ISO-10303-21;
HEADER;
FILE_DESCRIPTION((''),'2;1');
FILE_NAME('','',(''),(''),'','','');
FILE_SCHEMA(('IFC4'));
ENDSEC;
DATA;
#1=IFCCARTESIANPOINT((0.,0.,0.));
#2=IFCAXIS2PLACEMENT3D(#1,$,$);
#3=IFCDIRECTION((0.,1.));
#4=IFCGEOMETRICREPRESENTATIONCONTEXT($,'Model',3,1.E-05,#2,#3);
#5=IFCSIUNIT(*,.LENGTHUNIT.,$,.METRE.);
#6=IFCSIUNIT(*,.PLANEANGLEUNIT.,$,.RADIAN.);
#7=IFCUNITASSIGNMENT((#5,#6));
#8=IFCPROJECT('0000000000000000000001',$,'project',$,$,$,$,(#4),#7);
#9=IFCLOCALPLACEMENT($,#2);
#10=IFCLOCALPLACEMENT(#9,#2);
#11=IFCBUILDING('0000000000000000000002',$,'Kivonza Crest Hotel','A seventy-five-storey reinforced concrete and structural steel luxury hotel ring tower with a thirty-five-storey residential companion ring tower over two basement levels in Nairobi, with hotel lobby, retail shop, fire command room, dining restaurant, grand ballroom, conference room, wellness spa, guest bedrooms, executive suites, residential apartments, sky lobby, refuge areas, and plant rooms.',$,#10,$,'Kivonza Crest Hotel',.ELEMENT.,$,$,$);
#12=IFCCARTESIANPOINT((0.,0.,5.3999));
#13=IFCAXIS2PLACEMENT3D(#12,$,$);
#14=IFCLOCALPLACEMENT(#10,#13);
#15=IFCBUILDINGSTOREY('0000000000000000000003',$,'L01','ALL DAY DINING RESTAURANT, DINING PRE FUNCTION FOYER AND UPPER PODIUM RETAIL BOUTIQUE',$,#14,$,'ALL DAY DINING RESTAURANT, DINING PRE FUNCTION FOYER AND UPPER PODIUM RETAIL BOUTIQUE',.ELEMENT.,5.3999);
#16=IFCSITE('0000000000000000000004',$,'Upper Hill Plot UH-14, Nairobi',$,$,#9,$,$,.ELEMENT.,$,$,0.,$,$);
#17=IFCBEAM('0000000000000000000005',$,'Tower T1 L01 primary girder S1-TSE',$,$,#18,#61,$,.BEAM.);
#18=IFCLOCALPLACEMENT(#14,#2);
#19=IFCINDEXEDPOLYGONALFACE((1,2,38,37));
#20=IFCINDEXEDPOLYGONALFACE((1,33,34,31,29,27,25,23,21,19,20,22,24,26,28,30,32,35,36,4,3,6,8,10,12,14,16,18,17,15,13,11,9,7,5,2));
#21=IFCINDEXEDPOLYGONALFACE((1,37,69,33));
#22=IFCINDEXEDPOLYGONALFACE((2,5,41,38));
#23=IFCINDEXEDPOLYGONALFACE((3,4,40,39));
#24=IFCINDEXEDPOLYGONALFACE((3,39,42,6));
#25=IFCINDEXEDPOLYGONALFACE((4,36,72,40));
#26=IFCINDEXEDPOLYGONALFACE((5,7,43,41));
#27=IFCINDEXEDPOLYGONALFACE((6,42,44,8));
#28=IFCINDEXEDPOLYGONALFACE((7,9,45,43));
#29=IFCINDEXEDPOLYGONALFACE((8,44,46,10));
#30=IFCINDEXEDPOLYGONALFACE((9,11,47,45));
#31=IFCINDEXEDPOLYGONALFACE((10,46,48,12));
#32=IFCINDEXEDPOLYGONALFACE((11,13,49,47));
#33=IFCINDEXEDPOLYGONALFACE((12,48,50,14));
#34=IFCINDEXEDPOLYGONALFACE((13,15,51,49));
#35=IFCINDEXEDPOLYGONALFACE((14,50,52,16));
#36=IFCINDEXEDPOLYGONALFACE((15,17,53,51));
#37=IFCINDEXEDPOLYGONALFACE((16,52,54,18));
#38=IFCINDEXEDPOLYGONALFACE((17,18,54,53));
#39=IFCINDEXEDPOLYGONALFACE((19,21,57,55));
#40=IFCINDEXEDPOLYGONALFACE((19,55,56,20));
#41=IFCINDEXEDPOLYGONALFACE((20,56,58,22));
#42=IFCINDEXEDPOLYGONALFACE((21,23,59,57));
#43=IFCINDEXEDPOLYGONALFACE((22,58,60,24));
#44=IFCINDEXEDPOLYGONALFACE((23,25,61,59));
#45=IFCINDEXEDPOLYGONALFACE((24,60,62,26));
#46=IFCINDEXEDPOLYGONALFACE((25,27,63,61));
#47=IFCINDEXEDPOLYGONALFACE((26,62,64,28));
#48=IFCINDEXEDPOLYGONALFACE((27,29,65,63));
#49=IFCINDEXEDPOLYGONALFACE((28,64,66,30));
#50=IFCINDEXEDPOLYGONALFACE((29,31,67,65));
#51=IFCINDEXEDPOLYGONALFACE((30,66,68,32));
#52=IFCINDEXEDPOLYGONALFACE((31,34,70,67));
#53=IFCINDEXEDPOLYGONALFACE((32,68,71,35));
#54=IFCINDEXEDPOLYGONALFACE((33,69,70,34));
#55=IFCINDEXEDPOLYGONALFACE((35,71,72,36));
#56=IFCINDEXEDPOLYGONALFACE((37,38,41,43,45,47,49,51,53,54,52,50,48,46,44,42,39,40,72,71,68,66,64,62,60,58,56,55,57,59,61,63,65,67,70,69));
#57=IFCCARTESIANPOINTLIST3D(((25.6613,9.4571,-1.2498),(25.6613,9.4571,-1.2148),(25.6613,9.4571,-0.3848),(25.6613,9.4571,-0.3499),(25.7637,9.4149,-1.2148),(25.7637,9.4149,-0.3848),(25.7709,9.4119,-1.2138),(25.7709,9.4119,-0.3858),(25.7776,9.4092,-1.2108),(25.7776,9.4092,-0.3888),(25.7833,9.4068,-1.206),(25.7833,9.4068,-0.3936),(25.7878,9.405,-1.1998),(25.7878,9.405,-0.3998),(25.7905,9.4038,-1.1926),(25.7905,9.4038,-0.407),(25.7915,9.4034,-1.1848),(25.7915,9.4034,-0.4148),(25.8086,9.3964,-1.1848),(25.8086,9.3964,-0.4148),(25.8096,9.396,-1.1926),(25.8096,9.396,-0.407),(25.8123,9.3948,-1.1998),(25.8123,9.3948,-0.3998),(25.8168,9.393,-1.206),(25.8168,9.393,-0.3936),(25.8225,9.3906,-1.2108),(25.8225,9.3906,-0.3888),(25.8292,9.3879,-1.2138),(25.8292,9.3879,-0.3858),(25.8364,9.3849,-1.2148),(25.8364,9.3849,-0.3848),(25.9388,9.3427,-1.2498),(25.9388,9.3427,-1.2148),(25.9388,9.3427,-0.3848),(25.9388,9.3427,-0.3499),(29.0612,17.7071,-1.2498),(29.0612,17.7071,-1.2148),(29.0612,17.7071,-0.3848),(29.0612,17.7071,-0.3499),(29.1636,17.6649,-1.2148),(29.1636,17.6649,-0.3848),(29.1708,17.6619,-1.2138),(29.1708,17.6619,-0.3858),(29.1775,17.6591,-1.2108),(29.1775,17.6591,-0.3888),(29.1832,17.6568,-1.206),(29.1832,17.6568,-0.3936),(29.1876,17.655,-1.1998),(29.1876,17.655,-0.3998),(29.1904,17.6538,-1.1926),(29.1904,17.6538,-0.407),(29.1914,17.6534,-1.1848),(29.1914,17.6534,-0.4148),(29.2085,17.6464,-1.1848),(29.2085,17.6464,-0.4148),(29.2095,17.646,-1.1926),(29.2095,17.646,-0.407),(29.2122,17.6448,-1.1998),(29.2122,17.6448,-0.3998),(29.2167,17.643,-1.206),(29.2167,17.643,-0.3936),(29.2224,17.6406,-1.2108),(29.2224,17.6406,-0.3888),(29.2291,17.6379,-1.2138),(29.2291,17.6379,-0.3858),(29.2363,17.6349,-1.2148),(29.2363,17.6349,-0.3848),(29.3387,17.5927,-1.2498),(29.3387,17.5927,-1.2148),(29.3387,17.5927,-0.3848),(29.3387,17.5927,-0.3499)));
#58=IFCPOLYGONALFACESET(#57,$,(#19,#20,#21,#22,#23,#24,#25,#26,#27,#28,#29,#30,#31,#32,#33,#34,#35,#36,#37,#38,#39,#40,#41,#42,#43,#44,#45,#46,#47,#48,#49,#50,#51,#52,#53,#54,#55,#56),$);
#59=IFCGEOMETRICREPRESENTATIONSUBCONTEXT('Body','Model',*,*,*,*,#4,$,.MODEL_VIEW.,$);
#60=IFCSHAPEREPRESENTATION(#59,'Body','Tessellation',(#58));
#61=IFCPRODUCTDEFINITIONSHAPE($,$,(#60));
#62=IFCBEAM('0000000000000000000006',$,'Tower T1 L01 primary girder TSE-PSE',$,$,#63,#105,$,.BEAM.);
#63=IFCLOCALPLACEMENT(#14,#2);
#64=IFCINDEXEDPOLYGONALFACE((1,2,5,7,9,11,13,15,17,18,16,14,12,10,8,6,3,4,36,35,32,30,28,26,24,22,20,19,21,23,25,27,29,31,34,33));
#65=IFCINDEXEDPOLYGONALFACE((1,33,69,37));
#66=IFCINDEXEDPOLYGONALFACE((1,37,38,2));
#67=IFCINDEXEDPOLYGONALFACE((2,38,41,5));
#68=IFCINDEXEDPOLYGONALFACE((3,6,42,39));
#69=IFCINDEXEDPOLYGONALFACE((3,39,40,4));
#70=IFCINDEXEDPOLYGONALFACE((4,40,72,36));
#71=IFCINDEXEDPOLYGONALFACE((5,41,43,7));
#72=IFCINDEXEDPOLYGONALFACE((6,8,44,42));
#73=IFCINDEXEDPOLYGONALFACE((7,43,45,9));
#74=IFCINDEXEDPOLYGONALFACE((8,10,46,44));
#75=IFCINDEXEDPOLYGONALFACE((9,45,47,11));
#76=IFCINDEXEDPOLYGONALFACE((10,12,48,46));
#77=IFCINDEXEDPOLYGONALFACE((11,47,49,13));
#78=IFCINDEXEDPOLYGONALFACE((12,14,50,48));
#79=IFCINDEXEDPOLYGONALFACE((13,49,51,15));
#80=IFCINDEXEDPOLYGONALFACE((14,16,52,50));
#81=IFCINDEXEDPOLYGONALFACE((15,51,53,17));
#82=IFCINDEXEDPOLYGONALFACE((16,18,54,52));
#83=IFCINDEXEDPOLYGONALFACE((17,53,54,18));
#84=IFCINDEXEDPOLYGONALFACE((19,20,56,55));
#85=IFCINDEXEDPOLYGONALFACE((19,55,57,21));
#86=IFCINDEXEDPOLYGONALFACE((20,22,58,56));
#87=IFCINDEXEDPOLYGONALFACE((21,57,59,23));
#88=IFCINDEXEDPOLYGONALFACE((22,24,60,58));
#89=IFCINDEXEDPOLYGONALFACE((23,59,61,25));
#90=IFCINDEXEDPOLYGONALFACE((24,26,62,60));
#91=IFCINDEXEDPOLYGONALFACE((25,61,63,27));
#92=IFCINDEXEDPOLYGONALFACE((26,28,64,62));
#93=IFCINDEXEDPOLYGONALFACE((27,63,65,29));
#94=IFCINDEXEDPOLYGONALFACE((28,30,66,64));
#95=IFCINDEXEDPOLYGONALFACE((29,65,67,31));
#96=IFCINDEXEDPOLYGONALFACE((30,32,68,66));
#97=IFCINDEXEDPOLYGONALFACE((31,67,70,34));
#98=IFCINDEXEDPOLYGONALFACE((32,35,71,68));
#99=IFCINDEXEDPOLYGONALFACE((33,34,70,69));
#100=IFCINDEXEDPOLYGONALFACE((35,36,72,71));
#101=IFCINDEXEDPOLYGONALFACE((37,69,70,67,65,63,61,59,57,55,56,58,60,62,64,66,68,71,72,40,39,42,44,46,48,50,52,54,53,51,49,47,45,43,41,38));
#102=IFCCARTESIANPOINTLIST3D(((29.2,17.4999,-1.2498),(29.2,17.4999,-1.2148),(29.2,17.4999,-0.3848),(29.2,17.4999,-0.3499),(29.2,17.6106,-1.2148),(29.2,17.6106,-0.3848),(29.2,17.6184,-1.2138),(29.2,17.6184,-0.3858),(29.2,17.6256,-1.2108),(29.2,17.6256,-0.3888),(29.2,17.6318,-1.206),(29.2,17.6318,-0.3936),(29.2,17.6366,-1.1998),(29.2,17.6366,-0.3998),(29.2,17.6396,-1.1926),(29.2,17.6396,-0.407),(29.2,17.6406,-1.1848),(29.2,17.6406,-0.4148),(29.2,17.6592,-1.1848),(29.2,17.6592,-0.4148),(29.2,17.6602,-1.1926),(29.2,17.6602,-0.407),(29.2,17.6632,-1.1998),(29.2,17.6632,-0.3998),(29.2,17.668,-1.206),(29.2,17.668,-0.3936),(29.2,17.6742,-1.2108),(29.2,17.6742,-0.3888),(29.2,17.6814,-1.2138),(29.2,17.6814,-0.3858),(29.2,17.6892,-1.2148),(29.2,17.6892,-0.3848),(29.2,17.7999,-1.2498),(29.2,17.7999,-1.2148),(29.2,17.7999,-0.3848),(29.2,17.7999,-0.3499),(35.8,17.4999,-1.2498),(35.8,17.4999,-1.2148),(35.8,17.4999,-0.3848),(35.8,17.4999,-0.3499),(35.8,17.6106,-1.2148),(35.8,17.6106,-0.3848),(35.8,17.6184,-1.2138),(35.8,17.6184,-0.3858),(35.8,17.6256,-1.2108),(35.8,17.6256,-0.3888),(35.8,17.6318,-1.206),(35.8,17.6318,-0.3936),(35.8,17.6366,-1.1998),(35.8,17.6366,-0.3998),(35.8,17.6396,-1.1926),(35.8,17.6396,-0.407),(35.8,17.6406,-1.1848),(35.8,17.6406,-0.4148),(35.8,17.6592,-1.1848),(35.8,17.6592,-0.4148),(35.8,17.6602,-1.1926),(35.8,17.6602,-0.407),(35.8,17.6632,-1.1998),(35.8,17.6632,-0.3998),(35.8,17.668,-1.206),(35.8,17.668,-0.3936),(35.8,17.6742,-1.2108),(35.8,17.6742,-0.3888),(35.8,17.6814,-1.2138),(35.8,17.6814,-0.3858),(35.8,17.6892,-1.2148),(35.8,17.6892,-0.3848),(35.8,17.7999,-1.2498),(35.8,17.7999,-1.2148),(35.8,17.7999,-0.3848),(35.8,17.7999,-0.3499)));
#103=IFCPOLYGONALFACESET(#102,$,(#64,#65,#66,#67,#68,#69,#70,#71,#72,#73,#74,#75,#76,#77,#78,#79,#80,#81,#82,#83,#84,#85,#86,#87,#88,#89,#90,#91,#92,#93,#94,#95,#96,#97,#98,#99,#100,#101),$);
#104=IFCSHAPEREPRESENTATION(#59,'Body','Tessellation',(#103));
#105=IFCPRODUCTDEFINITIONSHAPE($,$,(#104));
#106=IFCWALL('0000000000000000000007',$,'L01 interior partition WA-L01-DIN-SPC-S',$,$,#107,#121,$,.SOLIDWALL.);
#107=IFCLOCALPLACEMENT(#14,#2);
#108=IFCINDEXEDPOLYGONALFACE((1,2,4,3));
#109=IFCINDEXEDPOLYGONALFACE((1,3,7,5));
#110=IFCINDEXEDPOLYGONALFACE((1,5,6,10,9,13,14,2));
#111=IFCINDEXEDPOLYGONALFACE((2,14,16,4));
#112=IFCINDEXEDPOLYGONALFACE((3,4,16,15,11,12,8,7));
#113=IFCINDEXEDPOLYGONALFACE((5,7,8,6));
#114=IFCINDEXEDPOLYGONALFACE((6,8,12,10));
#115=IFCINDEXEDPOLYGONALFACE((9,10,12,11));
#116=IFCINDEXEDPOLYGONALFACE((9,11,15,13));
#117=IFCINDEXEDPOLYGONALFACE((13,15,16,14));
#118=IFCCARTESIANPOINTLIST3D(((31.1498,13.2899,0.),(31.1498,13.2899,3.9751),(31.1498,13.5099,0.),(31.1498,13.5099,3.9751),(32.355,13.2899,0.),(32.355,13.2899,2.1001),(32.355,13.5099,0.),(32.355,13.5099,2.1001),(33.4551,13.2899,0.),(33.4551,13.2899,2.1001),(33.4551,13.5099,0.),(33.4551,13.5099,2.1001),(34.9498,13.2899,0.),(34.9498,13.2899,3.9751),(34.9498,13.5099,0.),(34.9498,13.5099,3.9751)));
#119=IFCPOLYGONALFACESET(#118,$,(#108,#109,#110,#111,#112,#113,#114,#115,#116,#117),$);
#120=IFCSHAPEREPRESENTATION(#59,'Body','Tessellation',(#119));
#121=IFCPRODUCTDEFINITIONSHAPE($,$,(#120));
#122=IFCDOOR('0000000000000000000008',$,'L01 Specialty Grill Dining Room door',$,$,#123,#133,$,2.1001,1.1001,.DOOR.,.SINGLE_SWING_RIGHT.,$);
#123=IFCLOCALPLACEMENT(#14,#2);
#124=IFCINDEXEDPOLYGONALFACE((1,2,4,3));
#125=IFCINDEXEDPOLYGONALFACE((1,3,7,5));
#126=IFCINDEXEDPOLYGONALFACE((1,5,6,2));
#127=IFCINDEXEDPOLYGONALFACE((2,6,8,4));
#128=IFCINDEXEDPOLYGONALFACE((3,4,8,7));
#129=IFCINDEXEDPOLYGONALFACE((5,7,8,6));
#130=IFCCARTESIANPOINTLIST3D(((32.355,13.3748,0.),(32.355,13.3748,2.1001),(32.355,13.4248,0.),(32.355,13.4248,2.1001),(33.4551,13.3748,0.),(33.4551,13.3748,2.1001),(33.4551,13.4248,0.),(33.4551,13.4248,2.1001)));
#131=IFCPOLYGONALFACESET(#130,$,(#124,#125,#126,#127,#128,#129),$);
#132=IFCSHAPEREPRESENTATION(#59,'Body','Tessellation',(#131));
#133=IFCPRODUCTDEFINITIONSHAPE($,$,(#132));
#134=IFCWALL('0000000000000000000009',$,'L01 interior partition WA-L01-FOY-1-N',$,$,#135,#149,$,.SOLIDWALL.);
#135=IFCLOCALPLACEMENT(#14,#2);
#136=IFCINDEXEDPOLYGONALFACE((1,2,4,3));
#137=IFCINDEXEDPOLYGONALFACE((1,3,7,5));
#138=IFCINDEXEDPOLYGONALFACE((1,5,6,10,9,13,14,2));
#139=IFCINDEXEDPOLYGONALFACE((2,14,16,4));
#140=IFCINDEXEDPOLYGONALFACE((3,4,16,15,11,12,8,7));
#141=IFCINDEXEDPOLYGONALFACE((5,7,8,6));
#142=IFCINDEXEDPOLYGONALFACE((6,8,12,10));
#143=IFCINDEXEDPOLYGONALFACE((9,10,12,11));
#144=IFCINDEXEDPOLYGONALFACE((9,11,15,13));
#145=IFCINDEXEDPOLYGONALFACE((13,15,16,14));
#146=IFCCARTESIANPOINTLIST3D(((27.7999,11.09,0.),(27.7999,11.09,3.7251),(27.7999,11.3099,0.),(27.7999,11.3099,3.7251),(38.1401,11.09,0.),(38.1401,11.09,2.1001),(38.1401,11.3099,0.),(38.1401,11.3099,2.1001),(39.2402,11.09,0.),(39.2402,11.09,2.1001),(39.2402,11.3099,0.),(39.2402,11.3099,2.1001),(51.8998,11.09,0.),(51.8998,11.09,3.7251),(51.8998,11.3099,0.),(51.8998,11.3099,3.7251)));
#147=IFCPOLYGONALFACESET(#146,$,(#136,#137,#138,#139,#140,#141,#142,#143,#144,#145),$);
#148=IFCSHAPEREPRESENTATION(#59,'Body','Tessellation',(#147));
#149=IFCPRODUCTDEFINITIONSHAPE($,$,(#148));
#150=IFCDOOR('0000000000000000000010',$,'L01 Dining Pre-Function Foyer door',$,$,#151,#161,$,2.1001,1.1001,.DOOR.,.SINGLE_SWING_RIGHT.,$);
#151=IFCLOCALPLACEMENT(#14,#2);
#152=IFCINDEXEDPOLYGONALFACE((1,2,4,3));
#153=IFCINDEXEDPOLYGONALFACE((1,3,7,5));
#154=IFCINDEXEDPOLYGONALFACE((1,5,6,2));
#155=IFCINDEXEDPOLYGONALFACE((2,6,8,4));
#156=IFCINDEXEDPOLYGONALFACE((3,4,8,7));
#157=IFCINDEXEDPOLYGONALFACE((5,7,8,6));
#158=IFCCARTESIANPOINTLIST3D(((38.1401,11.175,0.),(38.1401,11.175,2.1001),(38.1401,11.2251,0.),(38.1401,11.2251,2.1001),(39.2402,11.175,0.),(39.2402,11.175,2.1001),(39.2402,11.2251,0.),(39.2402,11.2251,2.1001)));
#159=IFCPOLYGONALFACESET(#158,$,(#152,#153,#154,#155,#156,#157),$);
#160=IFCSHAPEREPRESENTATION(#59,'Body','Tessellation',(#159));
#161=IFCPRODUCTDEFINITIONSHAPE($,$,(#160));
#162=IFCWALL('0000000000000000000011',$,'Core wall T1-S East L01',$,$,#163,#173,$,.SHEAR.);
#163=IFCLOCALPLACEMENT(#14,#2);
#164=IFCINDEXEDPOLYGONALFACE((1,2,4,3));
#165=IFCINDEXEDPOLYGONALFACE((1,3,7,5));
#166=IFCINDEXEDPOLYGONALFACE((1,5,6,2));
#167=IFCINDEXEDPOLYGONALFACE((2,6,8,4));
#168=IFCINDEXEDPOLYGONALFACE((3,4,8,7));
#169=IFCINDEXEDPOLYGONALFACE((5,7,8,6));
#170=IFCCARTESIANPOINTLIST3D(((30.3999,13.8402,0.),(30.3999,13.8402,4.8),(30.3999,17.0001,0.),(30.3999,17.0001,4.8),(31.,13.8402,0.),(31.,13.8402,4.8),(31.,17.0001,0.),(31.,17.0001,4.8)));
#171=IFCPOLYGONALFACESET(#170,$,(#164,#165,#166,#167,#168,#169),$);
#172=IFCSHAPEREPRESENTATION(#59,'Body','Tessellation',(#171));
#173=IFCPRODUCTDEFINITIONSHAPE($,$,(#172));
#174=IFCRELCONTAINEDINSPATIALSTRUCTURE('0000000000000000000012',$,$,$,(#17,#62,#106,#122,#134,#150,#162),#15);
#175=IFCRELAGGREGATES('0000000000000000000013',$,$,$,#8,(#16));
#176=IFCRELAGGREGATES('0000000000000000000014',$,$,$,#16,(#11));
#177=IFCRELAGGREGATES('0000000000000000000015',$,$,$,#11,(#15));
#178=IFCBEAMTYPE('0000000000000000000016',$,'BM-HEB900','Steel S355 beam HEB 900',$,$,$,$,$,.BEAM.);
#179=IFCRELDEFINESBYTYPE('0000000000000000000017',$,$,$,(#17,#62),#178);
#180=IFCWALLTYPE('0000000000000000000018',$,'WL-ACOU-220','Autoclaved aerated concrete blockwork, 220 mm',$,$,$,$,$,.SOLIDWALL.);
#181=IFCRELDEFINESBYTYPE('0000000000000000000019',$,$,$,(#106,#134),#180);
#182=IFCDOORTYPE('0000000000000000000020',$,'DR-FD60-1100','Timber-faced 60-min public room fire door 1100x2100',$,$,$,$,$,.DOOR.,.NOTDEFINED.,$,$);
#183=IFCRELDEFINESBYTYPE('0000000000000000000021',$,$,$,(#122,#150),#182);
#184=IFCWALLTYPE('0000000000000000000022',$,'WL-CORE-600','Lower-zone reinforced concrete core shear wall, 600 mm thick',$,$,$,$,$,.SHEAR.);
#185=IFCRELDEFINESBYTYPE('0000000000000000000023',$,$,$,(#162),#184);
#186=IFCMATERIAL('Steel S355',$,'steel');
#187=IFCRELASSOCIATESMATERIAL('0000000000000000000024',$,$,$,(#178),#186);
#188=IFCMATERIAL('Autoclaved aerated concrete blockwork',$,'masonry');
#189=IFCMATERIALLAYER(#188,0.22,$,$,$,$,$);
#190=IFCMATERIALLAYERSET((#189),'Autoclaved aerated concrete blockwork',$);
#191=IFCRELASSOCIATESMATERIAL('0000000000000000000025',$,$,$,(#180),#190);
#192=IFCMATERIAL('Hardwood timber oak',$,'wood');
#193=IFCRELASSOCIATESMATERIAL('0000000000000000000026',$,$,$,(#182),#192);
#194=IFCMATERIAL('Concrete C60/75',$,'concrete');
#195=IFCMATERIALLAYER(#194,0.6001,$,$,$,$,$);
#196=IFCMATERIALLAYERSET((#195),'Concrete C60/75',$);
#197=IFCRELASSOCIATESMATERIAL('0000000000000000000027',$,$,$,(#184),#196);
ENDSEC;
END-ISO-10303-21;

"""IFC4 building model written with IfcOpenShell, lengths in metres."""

from ifc_helpers import new_model, si_unit, direction, frame, frame_2d, origin, origin_2d, place, context, subcontext, project, spatial, rectangle, i_section, extrude, material, layer, layer_set, material_profile, profile_set, type_object, element, fill, save


model = new_model("IFC4")

# Units and contexts
model_context = context("Model", 3, precision=1e-05, world=origin(), true_north=direction((0.0, 1.0)))
body_context = subcontext(model_context, "Body", "Model", "MODEL_VIEW")
ifc_project = project(units=[si_unit("LENGTHUNIT", "METRE"), si_unit("PLANEANGLEUNIT", "RADIAN")], contexts=[model_context])

# Site, building, storey
site_placement = place(None, origin())
site = spatial("IfcSite", under=ifc_project, at=site_placement, Name="Upper Hill Plot UH-14, Nairobi", CompositionType="ELEMENT", RefElevation=0.0)
building_placement = place(site_placement, origin())
building = spatial("IfcBuilding", under=site, at=building_placement, Name="Kivonza Crest Hotel", Description="A seventy-five-storey reinforced concrete and structural steel luxury hotel ring tower with a thirty-five-storey residential companion ring tower over two basement levels in Nairobi, with hotel lobby, retail shop, fire command room, dining restaurant, grand ballroom, conference room, wellness spa, guest bedrooms, executive suites, residential apartments, sky lobby, refuge areas, and plant rooms.", LongName="Kivonza Crest Hotel", CompositionType="ELEMENT")
storey_placement = place(building_placement, frame((0.0, 0.0, 5.3999)))
storey = spatial("IfcBuildingStorey", under=building, at=storey_placement, Name="L01", Description="ALL DAY DINING RESTAURANT, DINING PRE FUNCTION FOYER AND UPPER PODIUM RETAIL BOUTIQUE", LongName="ALL DAY DINING RESTAURANT, DINING PRE FUNCTION FOYER AND UPPER PODIUM RETAIL BOUTIQUE", CompositionType="ELEMENT", Elevation=5.3999)

# Shared definitions
ifc_material_1 = material(Name="Concrete C60/75", Category="concrete")

# Beams
ifc_material_2 = material(Name="Steel S355", Category="steel")
ifc_material_profile_1 = material_profile(ifc_material_2, i_section(OverallWidth=0.3, OverallDepth=0.8999, WebThickness=0.0186, FlangeThickness=0.0349, FilletRadius=0.03, at=origin_2d()), Name="HEB 900")
ifc_profile_set_1 = profile_set([ifc_material_profile_1], Name="Steel S355")
beam_type_1 = type_object("IfcBeamType", Name="BM-HEB900", Description="Steel S355 beam HEB 900", PredefinedType="BEAM", material=ifc_profile_set_1)
beam_1_placement = place(storey_placement, frame((25.8, 9.3999, -0.7998), z_axis=(0.381022, 0.924566, 0.0), x_axis=(-0.924566, 0.381022, 0.0)))
element("IfcBeam", 1, at=beam_1_placement, inside=storey, type_object=beam_type_1, Name="Tower T1 L01 primary girder S1-TSE", PredefinedType="BEAM", context=body_context, shape_type="SweptSolid", body=[
    extrude(i_section(OverallWidth=0.3, OverallDepth=0.8999, WebThickness=0.0186, FlangeThickness=0.0349, FilletRadius=0.03, at=origin_2d()), origin(), (0.0, 0.0, 1.0), 8.9231),
])
beam_2_placement = place(storey_placement, frame((29.2, 17.6499, -0.7998), z_axis=(1.0, 0.0, 0.0), x_axis=(0.0, 1.0, 0.0)))
element("IfcBeam", 2, at=beam_2_placement, inside=storey, type_object=beam_type_1, Name="Tower T1 L01 primary girder TSE-PSE", PredefinedType="BEAM", context=body_context, shape_type="SweptSolid", body=[
    extrude(i_section(OverallWidth=0.3, OverallDepth=0.8999, WebThickness=0.0186, FlangeThickness=0.0349, FilletRadius=0.03, at=origin_2d()), origin(), (0.0, 0.0, 1.0), 6.6001),
])

# Walls, openings, doors
ifc_material_3 = material(Name="Autoclaved aerated concrete blockwork", Category="masonry")
ifc_layer_1 = layer(ifc_material_3, 0.22)
ifc_layer_set_1 = layer_set([ifc_layer_1], Name="Autoclaved aerated concrete blockwork")
wall_type_1 = type_object("IfcWallType", Name="WL-ACOU-220", Description="Autoclaved aerated concrete blockwork, 220 mm", PredefinedType="SOLIDWALL", material=ifc_layer_set_1)
wall_1_placement = place(storey_placement, frame((31.1499, 13.3999, 0.0), z_axis=(0.0, 0.0, 1.0), x_axis=(1.0, 0.0, 0.0)))
wall_1 = element("IfcWall", 3, at=wall_1_placement, inside=storey, type_object=wall_type_1, Name="L01 interior partition WA-L01-DIN-SPC-S", PredefinedType="SOLIDWALL", context=body_context, shape_type="SweptSolid", body=[
    extrude(rectangle(XDim=3.8, YDim=0.22, at=frame_2d((1.8999, 0.0))), origin(), (0.0, 0.0, 1.0), 3.9751),
])
opening_1_placement = place(wall_1_placement, frame((1.2051, 0.0, 0.0)))
opening_1 = element("IfcOpeningElement", 4, at=opening_1_placement, cuts=wall_1, PredefinedType="OPENING", context=body_context, shape_type="SweptSolid", body=[
    extrude(rectangle(XDim=1.1001, YDim=2.1001, at=frame_2d((0.55, 1.05))), frame((0.0, 0.1201, 0.0), z_axis=(0.0, -1.0, 0.0), x_axis=(1.0, 0.0, 0.0)), (0.0, 0.0, 1.0), 0.24),
])
ifc_material_4 = material(Name="Hardwood timber oak", Category="wood")
door_type_1 = type_object("IfcDoorType", Name="DR-FD60-1100", Description="Timber-faced 60-min public room fire door 1100x2100", OperationType="NOTDEFINED", PredefinedType="DOOR", material=ifc_material_4)
door_1_placement = place(opening_1_placement, origin())
door_1 = element("IfcDoor", 5, at=door_1_placement, inside=storey, type_object=door_type_1, Name="L01 Specialty Grill Dining Room door", OperationType="SINGLE_SWING_RIGHT", OverallHeight=2.1001, OverallWidth=1.1001, PredefinedType="DOOR", context=body_context, shape_type="SweptSolid", body=[
    extrude(rectangle(XDim=1.1001, YDim=2.1001, at=frame_2d((0.55, 1.05))), frame((0.0, 0.0249, 0.0), z_axis=(0.0, -1.0, 0.0), x_axis=(1.0, 0.0, 0.0)), (0.0, 0.0, 1.0), 0.05),
])
fill(opening_1, door_1)
wall_2_placement = place(storey_placement, frame((27.8, 11.2, 0.0), z_axis=(0.0, 0.0, 1.0), x_axis=(1.0, 0.0, 0.0)))
wall_2 = element("IfcWall", 6, at=wall_2_placement, inside=storey, type_object=wall_type_1, Name="L01 interior partition WA-L01-FOY-1-N", PredefinedType="SOLIDWALL", context=body_context, shape_type="SweptSolid", body=[
    extrude(rectangle(XDim=24.0999, YDim=0.22, at=frame_2d((12.0498, 0.0))), origin(), (0.0, 0.0, 1.0), 3.7251),
])
opening_2_placement = place(wall_2_placement, frame((10.3401, 0.0, 0.0)))
opening_2 = element("IfcOpeningElement", 7, at=opening_2_placement, cuts=wall_2, PredefinedType="OPENING", context=body_context, shape_type="SweptSolid", body=[
    extrude(rectangle(XDim=1.1001, YDim=2.1001, at=frame_2d((0.55, 1.05))), frame((0.0, 0.1201, 0.0), z_axis=(0.0, -1.0, 0.0), x_axis=(1.0, 0.0, 0.0)), (0.0, 0.0, 1.0), 0.24),
])
door_2_placement = place(opening_2_placement, frame((1.1001, 0.0, 0.0), z_axis=(0.0, 0.0, 1.0), x_axis=(-1.0, 0.0, 0.0)))
door_2 = element("IfcDoor", 8, at=door_2_placement, inside=storey, type_object=door_type_1, Name="L01 Dining Pre-Function Foyer door", OperationType="SINGLE_SWING_RIGHT", OverallHeight=2.1001, OverallWidth=1.1001, PredefinedType="DOOR", context=body_context, shape_type="SweptSolid", body=[
    extrude(rectangle(XDim=1.1001, YDim=2.1001, at=frame_2d((0.55, 1.05))), frame((0.0, 0.0249, 0.0), z_axis=(0.0, -1.0, 0.0), x_axis=(1.0, 0.0, 0.0)), (0.0, 0.0, 1.0), 0.05),
])
fill(opening_2, door_2)

# Wall
ifc_layer_2 = layer(ifc_material_1, 0.6001)
ifc_layer_set_2 = layer_set([ifc_layer_2], Name="Concrete C60/75")
wall_type_2 = type_object("IfcWallType", Name="WL-CORE-600", Description="Lower-zone reinforced concrete core shear wall, 600 mm thick", PredefinedType="SHEAR", material=ifc_layer_set_2)
wall_3_placement = place(storey_placement, frame((30.7, 13.8401, 0.0), z_axis=(0.0, 0.0, 1.0), x_axis=(0.0, 1.0, 0.0)))
element("IfcWall", 9, at=wall_3_placement, inside=storey, type_object=wall_type_2, Name="Core wall T1-S East L01", PredefinedType="SHEAR", context=body_context, shape_type="SweptSolid", body=[
    extrude(rectangle(XDim=3.1599, YDim=0.6001, at=frame_2d((1.5801, 0.0))), origin(), (0.0, 0.0, 1.0), 4.8),
])

save(model, "model.ifc")
